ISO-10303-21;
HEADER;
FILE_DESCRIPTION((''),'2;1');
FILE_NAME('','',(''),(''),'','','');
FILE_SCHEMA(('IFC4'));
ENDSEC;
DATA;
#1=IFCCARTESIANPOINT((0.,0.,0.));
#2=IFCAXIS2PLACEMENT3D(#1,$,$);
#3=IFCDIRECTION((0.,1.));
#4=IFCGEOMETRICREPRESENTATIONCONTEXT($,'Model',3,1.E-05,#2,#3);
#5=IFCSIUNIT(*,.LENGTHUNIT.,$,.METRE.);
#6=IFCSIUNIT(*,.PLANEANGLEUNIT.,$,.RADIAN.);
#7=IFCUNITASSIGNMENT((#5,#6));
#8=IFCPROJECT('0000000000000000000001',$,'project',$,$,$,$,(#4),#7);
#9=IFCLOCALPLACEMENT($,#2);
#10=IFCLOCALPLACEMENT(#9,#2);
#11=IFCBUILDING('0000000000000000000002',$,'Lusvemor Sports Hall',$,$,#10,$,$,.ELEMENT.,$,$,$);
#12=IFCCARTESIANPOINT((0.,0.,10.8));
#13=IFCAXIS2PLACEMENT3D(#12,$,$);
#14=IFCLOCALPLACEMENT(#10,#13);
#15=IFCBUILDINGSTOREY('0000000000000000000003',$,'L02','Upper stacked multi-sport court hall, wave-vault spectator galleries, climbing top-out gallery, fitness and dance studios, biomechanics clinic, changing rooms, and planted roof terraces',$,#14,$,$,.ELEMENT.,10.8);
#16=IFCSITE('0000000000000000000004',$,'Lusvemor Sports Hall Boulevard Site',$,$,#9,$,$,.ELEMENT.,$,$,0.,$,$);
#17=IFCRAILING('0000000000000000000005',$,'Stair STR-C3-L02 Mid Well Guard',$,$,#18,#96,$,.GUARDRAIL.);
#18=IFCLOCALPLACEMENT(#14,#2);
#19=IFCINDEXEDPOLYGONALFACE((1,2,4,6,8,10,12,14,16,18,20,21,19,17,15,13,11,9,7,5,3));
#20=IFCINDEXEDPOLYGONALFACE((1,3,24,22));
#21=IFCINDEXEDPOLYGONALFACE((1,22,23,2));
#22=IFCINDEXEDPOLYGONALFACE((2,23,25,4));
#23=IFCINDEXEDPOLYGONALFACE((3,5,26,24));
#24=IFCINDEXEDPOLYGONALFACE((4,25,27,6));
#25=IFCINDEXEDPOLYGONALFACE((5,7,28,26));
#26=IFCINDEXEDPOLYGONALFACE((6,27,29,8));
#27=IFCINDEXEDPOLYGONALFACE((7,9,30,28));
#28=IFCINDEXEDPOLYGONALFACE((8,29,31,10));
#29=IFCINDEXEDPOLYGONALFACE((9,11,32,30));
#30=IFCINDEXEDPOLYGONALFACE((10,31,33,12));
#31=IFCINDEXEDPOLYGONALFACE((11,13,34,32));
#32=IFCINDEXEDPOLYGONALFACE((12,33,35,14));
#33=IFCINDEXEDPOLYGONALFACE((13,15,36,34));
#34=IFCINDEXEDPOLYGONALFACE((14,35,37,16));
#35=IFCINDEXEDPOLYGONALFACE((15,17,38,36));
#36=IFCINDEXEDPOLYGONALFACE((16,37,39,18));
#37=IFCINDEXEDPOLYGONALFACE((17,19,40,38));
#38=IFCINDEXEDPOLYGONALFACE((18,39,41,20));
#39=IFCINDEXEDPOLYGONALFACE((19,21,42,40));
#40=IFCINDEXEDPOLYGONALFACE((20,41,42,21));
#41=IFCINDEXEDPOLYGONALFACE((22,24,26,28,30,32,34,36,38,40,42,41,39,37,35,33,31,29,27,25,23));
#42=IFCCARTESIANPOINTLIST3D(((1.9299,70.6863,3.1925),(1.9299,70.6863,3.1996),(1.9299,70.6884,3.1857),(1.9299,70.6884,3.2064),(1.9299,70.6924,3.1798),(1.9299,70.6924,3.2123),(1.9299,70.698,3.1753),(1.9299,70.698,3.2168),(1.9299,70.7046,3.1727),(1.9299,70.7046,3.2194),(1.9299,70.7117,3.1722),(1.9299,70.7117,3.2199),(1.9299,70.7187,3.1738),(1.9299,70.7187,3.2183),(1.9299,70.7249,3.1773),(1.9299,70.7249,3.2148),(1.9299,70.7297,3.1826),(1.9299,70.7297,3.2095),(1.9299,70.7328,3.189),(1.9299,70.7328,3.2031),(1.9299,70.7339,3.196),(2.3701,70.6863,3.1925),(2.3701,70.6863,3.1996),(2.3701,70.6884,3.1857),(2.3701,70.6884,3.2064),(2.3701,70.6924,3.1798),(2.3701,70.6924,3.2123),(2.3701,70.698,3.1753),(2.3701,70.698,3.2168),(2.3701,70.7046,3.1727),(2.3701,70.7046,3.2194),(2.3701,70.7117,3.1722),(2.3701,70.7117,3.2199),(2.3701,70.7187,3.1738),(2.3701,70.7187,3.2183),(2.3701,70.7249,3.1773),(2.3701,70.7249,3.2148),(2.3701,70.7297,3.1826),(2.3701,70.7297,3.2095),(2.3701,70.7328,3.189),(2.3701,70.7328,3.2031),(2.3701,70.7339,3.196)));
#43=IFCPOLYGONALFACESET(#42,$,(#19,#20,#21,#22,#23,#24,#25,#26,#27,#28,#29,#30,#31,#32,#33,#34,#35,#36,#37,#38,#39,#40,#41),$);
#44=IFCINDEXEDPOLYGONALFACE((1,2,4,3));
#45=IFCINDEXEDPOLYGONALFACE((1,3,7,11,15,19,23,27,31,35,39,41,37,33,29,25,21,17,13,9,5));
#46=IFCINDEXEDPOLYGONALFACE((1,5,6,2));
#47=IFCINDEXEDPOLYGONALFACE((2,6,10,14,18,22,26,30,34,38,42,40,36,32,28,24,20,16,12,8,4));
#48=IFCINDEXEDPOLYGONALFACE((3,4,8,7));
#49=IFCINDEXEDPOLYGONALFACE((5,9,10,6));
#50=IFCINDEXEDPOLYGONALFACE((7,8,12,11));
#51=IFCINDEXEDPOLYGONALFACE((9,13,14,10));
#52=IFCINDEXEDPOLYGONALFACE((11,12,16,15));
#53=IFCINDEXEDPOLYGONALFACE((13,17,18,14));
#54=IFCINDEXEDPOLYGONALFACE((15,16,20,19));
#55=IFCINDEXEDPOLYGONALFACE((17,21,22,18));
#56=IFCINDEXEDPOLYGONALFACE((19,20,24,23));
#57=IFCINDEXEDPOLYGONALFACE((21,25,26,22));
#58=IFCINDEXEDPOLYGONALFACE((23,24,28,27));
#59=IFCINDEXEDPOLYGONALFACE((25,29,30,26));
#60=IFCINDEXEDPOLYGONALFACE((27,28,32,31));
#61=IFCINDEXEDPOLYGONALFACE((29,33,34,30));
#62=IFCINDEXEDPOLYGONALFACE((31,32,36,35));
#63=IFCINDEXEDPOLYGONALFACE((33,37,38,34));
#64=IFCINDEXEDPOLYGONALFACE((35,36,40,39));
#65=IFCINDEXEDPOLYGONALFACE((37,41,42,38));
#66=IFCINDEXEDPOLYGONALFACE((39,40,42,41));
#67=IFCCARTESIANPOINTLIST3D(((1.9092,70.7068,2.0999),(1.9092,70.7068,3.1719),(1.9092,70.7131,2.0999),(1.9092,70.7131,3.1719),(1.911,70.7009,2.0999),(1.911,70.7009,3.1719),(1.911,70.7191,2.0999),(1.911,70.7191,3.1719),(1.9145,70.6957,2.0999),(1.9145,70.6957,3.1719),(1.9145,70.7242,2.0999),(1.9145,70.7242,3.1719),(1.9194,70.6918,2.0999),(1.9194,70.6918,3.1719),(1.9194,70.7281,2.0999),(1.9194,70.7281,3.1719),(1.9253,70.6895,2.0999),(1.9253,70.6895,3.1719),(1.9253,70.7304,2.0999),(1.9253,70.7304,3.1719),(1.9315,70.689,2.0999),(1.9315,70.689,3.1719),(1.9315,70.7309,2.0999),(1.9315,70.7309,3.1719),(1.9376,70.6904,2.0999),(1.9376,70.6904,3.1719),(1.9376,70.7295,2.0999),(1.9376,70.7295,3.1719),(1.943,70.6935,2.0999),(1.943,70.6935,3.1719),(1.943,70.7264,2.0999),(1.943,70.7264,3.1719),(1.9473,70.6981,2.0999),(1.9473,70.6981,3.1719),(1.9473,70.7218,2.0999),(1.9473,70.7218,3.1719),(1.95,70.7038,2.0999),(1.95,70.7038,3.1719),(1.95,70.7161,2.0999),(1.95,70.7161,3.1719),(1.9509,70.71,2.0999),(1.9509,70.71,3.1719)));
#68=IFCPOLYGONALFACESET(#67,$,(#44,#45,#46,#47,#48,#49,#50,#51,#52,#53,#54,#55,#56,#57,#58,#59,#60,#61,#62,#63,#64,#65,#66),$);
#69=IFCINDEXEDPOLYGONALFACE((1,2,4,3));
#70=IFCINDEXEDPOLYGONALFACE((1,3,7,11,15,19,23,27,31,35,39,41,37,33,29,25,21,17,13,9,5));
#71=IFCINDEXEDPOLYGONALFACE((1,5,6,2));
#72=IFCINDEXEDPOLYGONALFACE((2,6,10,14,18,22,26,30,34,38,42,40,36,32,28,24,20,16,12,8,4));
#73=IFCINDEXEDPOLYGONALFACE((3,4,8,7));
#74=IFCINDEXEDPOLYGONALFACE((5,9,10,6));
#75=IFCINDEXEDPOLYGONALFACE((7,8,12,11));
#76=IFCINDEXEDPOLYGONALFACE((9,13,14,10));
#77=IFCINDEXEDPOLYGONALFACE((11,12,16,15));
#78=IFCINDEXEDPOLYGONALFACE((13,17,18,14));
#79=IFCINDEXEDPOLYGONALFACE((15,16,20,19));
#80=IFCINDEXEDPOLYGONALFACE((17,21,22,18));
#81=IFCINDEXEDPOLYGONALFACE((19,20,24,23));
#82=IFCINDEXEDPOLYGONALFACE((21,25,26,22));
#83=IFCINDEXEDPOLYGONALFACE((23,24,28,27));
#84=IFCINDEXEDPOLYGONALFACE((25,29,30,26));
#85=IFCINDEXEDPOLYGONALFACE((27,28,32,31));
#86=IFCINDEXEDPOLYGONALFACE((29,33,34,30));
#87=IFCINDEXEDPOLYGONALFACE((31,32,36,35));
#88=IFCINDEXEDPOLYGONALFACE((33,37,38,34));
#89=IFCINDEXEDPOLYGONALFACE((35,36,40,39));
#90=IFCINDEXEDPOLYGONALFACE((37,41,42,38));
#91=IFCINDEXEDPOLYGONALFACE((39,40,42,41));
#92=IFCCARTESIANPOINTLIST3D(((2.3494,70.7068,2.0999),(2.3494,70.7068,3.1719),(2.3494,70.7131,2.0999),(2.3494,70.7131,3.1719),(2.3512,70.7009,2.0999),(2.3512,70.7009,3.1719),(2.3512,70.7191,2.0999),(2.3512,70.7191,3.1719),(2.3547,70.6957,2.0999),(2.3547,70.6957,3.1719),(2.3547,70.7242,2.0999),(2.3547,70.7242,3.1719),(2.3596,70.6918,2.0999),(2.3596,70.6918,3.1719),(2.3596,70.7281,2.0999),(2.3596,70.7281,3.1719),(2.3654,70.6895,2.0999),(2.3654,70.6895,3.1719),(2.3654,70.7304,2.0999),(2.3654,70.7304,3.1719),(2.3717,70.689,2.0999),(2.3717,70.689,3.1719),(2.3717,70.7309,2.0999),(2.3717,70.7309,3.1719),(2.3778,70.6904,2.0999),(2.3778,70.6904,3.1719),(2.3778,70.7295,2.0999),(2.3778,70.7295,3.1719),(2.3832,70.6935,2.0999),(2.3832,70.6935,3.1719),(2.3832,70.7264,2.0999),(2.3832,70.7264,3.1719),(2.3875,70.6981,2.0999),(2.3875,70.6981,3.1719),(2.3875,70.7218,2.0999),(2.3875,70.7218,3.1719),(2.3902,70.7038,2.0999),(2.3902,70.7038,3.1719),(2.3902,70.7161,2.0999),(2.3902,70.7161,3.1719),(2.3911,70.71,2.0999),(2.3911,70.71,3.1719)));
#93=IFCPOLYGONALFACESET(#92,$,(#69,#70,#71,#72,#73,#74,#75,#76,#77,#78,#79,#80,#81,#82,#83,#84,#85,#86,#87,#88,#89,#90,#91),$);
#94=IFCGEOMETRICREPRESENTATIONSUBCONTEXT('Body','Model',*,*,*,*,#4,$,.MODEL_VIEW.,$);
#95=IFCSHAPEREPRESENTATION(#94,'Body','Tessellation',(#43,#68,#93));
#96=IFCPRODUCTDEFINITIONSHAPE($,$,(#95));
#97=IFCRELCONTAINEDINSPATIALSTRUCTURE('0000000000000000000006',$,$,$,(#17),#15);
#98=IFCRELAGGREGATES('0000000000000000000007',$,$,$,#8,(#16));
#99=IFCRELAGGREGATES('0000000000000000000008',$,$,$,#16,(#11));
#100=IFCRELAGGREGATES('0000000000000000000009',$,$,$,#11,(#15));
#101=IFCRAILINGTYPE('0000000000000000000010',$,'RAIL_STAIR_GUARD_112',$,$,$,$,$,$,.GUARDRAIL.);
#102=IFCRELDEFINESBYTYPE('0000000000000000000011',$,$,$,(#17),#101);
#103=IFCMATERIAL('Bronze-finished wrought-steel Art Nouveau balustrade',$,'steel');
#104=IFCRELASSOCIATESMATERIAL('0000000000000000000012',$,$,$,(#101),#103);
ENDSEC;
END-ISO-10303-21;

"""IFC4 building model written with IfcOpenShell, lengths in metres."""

from ifc_helpers import new_model, si_unit, direction, frame, origin, origin_2d, place, context, subcontext, project, spatial, circle, extrude, material, type_object, element, save


model = new_model("IFC4")

# Units and contexts
model_context = context("Model", 3, precision=1e-05, world=origin(), true_north=direction((0.0, 1.0)))
body_context = subcontext(model_context, "Body", "Model", "MODEL_VIEW")
ifc_project = project(units=[si_unit("LENGTHUNIT", "METRE"), si_unit("PLANEANGLEUNIT", "RADIAN")], contexts=[model_context])

# Site, building, storey
site_placement = place(None, origin())
site = spatial("IfcSite", under=ifc_project, at=site_placement, Name="Lusvemor Sports Hall Boulevard Site", CompositionType="ELEMENT", RefElevation=0.0)
building_placement = place(site_placement, origin())
building = spatial("IfcBuilding", under=site, at=building_placement, Name="Lusvemor Sports Hall", CompositionType="ELEMENT")
storey_placement = place(building_placement, frame((0.0, 0.0, 10.8)))
storey = spatial("IfcBuildingStorey", under=building, at=storey_placement, Name="L02", Description="Upper stacked multi-sport court hall, wave-vault spectator galleries, climbing top-out gallery, fitness and dance studios, biomechanics clinic, changing rooms, and planted roof terraces", CompositionType="ELEMENT", Elevation=10.8)

# Railing
ifc_material_1 = material(Name="Bronze-finished wrought-steel Art Nouveau balustrade", Category="steel")
railing_type_1 = type_object("IfcRailingType", Name="RAIL_STAIR_GUARD_112", PredefinedType="GUARDRAIL", material=ifc_material_1)
railing_1_placement = place(storey_placement, frame((1.9299, 70.71, 2.0999)))
element("IfcRailing", 1, at=railing_1_placement, inside=storey, type_object=railing_type_1, Name="Stair STR-C3-L02 Mid Well Guard", PredefinedType="GUARDRAIL", context=body_context, shape_type="SweptSolid", body=[
    extrude(circle(Radius=0.0239, at=origin_2d()), frame((0.0, 0.0, 1.0962), z_axis=(1.0, 0.0, 0.0), x_axis=(0.0, 1.0, 0.0)), (0.0, 0.0, 1.0), 0.4402),
    extrude(circle(Radius=0.021, at=origin_2d()), origin(), (0.0, 0.0, 1.0), 1.072),
    extrude(circle(Radius=0.021, at=origin_2d()), frame((0.4402, 0.0, 0.0)), (0.0, 0.0, 1.0), 1.072),
])

save(model, "model.ifc")
